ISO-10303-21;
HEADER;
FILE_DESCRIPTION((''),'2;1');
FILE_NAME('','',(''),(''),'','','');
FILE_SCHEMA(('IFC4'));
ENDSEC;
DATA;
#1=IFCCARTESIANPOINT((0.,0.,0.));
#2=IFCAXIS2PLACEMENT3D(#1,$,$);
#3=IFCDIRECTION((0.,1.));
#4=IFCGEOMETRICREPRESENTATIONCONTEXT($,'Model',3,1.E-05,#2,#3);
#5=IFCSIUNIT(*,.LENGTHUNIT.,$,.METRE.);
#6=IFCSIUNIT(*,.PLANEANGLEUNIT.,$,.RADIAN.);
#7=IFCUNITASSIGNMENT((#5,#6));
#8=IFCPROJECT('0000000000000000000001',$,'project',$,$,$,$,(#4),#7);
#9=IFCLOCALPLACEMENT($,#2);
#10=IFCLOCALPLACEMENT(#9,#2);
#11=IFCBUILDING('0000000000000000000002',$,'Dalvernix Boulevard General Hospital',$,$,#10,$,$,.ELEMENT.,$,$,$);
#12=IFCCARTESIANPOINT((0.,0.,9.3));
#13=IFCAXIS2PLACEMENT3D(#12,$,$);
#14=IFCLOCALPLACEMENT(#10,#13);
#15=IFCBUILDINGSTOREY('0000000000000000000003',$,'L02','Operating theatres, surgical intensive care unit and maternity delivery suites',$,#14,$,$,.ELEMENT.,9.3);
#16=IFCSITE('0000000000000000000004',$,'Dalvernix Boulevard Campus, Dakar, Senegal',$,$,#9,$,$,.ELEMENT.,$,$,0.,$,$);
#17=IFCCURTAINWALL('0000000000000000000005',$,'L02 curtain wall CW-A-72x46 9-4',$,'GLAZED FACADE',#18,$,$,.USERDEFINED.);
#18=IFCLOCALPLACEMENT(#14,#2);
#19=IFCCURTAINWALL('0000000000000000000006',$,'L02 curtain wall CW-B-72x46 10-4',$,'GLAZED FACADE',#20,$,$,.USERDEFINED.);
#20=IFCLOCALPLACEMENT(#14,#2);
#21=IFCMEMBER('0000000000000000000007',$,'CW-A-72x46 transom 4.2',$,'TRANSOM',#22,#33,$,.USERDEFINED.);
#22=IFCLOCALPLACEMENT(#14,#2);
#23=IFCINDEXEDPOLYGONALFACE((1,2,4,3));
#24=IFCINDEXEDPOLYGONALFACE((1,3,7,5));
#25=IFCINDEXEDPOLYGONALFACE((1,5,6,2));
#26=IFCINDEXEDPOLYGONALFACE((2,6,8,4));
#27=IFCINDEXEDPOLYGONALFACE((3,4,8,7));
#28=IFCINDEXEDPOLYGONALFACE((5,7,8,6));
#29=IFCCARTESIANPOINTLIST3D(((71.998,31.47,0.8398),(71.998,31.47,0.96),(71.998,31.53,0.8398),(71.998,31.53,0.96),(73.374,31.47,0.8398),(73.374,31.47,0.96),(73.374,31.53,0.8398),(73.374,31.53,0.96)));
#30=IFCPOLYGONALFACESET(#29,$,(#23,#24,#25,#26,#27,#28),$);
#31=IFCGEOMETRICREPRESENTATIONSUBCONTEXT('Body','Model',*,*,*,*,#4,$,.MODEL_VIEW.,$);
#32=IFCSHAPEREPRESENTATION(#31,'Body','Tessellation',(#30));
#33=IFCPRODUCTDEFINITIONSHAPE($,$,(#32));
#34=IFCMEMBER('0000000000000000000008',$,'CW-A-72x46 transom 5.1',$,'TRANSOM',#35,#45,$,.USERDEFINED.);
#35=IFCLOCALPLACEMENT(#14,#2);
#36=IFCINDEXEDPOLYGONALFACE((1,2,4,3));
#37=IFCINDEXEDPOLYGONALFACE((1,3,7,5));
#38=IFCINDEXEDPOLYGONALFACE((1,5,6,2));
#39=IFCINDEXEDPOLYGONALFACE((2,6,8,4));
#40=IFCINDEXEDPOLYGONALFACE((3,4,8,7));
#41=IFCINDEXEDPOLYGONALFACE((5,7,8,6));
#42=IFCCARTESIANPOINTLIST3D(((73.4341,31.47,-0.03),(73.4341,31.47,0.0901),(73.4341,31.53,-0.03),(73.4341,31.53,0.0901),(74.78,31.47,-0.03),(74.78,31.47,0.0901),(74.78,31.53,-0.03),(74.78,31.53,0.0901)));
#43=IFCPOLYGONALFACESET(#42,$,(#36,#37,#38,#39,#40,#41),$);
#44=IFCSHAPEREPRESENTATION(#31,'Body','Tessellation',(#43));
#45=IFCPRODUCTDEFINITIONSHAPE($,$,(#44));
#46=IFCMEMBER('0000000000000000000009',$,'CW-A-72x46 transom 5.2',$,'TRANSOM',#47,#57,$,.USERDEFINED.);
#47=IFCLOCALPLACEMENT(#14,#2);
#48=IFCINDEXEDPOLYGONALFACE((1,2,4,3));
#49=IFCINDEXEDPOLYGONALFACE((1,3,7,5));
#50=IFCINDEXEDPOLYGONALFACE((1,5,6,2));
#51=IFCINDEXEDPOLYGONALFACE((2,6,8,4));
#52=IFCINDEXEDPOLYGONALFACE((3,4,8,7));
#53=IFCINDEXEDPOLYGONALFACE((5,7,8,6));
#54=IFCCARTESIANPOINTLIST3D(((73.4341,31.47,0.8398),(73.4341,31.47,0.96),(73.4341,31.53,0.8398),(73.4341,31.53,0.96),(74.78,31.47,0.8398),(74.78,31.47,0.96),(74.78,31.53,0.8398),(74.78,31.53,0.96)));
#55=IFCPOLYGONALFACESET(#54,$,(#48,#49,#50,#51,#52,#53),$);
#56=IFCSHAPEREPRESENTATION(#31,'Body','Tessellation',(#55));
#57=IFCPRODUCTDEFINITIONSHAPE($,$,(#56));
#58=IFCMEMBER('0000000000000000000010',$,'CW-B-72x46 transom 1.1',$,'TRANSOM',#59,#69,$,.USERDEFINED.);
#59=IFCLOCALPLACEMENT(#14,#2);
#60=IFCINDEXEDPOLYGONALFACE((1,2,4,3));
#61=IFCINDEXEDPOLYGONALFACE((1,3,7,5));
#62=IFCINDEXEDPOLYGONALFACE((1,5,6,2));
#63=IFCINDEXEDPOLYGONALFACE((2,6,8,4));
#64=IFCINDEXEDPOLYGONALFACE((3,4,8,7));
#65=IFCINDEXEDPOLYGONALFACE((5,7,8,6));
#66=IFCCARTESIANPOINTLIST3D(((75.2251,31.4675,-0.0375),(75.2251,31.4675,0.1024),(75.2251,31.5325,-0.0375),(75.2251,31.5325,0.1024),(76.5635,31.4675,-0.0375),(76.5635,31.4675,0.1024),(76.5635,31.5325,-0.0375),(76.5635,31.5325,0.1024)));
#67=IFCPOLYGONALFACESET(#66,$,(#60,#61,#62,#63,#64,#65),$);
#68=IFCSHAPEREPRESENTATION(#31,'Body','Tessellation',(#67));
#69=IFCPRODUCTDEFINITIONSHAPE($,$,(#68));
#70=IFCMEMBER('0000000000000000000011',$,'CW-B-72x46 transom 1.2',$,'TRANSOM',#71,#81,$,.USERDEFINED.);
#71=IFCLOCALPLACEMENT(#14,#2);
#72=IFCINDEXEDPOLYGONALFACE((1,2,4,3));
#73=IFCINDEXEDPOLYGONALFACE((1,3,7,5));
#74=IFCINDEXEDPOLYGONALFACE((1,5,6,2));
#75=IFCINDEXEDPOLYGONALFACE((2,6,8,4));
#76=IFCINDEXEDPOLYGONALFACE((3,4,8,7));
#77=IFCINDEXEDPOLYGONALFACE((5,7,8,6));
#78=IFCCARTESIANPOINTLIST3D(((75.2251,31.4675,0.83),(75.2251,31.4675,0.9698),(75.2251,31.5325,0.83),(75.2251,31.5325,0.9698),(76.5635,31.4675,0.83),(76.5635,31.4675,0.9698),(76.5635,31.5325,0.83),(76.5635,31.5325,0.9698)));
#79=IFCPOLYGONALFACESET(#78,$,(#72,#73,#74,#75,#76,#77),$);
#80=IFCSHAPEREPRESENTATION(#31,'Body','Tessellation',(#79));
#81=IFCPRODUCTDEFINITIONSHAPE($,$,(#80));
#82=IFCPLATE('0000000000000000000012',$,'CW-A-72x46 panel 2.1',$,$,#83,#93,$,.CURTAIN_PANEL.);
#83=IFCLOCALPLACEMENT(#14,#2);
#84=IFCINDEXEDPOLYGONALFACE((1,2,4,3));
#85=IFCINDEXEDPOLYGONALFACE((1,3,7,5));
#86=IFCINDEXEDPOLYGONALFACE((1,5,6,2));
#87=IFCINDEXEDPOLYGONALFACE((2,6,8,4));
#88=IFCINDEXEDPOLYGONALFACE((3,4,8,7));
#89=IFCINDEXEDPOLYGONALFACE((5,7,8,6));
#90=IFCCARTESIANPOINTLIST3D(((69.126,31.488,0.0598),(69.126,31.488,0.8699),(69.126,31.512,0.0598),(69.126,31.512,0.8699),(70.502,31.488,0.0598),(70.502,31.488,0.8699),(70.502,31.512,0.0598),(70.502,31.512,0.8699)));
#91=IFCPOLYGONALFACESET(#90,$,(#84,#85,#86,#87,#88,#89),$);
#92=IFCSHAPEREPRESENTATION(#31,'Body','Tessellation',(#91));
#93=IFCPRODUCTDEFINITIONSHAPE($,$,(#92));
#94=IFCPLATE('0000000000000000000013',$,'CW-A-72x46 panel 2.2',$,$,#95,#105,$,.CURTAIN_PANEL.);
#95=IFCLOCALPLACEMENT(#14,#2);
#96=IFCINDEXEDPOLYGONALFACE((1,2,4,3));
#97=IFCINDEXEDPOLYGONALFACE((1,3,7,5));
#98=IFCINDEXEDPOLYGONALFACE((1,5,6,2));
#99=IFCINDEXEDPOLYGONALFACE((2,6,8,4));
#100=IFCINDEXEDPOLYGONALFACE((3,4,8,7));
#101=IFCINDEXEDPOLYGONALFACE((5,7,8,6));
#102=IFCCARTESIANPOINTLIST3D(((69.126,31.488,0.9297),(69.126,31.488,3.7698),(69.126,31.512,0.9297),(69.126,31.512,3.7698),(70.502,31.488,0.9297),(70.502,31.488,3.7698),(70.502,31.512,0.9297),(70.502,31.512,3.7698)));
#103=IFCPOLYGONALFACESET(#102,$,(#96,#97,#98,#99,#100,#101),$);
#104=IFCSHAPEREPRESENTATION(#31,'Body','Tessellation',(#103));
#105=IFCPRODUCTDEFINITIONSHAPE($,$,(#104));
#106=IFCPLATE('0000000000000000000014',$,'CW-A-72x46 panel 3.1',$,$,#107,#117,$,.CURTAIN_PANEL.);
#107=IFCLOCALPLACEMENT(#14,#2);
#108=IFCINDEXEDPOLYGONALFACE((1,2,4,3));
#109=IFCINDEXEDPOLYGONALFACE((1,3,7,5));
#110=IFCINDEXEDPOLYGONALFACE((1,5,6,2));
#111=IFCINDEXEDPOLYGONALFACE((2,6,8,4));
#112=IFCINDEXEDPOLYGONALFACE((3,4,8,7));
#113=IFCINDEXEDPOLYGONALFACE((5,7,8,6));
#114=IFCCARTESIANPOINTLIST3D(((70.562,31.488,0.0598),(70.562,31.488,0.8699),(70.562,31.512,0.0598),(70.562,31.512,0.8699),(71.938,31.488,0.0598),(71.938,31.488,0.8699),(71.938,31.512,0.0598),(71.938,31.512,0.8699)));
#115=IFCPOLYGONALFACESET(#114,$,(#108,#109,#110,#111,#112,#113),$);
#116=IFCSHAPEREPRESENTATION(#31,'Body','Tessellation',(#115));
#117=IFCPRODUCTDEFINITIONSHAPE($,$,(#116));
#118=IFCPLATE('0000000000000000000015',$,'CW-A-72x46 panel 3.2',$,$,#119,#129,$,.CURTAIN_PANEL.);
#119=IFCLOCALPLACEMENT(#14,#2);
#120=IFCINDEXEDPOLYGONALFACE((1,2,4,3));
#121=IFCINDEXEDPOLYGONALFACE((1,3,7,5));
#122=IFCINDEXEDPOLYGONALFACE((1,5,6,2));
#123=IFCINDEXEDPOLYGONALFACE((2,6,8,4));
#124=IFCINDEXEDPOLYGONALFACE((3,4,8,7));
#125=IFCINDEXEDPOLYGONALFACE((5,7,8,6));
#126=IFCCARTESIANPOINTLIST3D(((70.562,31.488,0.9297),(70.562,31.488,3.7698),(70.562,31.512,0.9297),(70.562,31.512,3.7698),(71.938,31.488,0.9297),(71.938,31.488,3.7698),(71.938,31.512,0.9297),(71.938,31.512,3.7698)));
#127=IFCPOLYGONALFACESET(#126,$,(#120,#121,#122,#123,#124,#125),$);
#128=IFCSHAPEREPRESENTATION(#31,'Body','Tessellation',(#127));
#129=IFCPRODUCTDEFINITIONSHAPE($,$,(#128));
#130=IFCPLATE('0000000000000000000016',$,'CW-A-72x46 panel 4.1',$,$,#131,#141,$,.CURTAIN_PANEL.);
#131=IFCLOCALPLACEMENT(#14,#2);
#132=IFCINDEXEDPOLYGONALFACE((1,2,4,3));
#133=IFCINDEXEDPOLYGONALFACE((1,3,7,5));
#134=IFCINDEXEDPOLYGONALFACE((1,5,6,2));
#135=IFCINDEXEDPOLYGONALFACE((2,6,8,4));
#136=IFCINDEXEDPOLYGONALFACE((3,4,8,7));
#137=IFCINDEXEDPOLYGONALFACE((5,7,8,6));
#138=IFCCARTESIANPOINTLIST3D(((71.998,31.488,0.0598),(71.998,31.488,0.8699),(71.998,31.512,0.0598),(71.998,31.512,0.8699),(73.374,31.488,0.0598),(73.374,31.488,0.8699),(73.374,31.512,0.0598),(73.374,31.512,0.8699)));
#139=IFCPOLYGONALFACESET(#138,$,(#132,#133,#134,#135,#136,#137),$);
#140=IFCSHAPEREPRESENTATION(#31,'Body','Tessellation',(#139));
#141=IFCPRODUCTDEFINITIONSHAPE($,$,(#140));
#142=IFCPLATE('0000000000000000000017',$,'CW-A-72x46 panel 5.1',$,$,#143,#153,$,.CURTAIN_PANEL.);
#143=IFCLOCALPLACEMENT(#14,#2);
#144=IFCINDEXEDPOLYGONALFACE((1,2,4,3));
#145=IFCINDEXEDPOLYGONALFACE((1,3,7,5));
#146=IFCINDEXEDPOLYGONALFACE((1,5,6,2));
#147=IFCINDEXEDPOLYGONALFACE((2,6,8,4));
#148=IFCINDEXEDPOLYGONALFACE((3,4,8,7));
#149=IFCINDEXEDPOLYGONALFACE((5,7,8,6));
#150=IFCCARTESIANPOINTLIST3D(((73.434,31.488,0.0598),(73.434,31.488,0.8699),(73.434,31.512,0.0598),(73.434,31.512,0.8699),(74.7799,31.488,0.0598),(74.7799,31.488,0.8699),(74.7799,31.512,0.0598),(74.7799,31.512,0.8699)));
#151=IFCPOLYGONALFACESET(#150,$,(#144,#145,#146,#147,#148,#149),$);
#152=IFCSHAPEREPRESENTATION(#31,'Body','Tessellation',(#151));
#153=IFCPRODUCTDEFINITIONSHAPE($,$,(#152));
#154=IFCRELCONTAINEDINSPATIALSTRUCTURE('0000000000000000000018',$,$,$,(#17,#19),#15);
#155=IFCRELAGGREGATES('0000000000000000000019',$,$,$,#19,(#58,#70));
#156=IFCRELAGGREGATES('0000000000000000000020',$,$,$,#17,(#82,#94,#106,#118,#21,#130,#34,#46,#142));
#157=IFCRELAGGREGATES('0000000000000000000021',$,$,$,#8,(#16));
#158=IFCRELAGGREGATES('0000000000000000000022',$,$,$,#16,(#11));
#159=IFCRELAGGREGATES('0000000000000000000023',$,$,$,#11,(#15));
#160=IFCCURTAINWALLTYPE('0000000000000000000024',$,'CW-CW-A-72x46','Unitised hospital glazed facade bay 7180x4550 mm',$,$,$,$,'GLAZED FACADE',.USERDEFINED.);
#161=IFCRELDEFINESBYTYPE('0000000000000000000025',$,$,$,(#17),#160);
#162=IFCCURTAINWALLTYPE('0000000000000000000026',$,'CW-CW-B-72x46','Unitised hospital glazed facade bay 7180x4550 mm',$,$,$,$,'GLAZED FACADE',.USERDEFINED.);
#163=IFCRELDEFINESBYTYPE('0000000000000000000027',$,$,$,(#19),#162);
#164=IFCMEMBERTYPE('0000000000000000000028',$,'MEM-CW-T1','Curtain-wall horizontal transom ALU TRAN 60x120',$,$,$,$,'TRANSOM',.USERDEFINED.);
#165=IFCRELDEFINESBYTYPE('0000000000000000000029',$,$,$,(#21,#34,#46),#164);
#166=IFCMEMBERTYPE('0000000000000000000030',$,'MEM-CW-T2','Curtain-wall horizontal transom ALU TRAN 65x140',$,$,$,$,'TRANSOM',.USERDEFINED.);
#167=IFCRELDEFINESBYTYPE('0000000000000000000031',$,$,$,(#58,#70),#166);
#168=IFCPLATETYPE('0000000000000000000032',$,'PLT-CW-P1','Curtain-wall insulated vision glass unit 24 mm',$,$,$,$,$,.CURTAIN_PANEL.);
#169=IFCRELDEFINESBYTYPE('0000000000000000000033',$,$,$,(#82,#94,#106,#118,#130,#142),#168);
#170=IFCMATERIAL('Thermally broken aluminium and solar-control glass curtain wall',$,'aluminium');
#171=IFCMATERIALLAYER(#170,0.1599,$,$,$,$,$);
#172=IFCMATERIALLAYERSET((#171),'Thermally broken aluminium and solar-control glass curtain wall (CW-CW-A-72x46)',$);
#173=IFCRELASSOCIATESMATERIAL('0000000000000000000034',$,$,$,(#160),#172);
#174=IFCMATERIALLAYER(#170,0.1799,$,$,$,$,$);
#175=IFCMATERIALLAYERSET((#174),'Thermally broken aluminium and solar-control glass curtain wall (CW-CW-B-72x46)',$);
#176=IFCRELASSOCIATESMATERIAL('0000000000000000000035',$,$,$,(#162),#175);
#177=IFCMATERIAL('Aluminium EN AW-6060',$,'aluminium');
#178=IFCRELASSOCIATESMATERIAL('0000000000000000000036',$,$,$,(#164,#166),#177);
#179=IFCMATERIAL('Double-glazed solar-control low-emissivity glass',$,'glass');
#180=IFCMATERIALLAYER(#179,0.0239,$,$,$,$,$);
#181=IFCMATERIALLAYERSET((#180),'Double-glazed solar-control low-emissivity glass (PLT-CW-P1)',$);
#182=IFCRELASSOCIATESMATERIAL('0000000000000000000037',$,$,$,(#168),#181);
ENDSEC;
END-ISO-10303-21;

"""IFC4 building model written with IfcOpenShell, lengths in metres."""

from ifc_helpers import new_model, si_unit, direction, frame, origin, origin_2d, place, context, subcontext, project, spatial, rectangle, extrude, material, layer, layer_set, material_profile, profile_set, type_object, element, aggregate, save


model = new_model("IFC4")

# Units and contexts
model_context = context("Model", 3, precision=1e-05, world=origin(), true_north=direction((0.0, 1.0)))
body_context = subcontext(model_context, "Body", "Model", "MODEL_VIEW")
ifc_project = project(units=[si_unit("LENGTHUNIT", "METRE"), si_unit("PLANEANGLEUNIT", "RADIAN")], contexts=[model_context])

# Site, building, storey
site_placement = place(None, origin())
site = spatial("IfcSite", under=ifc_project, at=site_placement, Name="Dalvernix Boulevard Campus, Dakar, Senegal", CompositionType="ELEMENT", RefElevation=0.0)
building_placement = place(site_placement, origin())
building = spatial("IfcBuilding", under=site, at=building_placement, Name="Dalvernix Boulevard General Hospital", CompositionType="ELEMENT")
storey_placement = place(building_placement, frame((0.0, 0.0, 9.3)))
storey = spatial("IfcBuildingStorey", under=building, at=storey_placement, Name="L02", Description="Operating theatres, surgical intensive care unit and maternity delivery suites", CompositionType="ELEMENT", Elevation=9.3)

# Curtain wall
ifc_material_1 = material(Name="Thermally broken aluminium and solar-control glass curtain wall", Category="aluminium")
ifc_layer_1 = layer(ifc_material_1, 0.1599)
ifc_layer_set_1 = layer_set([ifc_layer_1], Name="Thermally broken aluminium and solar-control glass curtain wall (CW-CW-A-72x46)")
curtain_wall_type_1 = type_object("IfcCurtainWallType", Name="CW-CW-A-72x46", Description="Unitised hospital glazed facade bay 7180x4550 mm", ElementType="GLAZED FACADE", PredefinedType="USERDEFINED", material=ifc_layer_set_1)
curtain_wall_1_placement = place(storey_placement, origin())
curtain_wall_1 = element("IfcCurtainWall", 1, at=curtain_wall_1_placement, inside=storey, type_object=curtain_wall_type_1, Name="L02 curtain wall CW-A-72x46 9-4", ObjectType="GLAZED FACADE", PredefinedType="USERDEFINED")
ifc_material_2 = material(Name="Aluminium EN AW-6060", Category="aluminium")

# Curtain wall
ifc_layer_2 = layer(ifc_material_1, 0.1799)
ifc_layer_set_2 = layer_set([ifc_layer_2], Name="Thermally broken aluminium and solar-control glass curtain wall (CW-CW-B-72x46)")
curtain_wall_type_2 = type_object("IfcCurtainWallType", Name="CW-CW-B-72x46", Description="Unitised hospital glazed facade bay 7180x4550 mm", ElementType="GLAZED FACADE", PredefinedType="USERDEFINED", material=ifc_layer_set_2)
curtain_wall_2_placement = place(storey_placement, origin())
curtain_wall_2 = element("IfcCurtainWall", 2, at=curtain_wall_2_placement, inside=storey, type_object=curtain_wall_type_2, Name="L02 curtain wall CW-B-72x46 10-4", ObjectType="GLAZED FACADE", PredefinedType="USERDEFINED")

# Members
ifc_material_profile_1 = material_profile(ifc_material_2, rectangle(XDim=0.0601, YDim=0.1201, at=origin_2d()), Name="ALU TRAN 60x120")
ifc_profile_set_1 = profile_set([ifc_material_profile_1], Name="Aluminium EN AW-6060")
member_type_1 = type_object("IfcMemberType", Name="MEM-CW-T1", Description="Curtain-wall horizontal transom ALU TRAN 60x120", ElementType="TRANSOM", PredefinedType="USERDEFINED", material=ifc_profile_set_1)
member_1_placement = place(storey_placement, frame((71.998, 31.5, 0.8999), z_axis=(1.0, 0.0, 0.0), x_axis=(0.0, 1.0, 0.0)))
member_1 = element("IfcMember", 3, at=member_1_placement, type_object=member_type_1, Name="CW-A-72x46 transom 4.2", ObjectType="TRANSOM", PredefinedType="USERDEFINED", context=body_context, shape_type="SweptSolid", body=[
    extrude(rectangle(XDim=0.0601, YDim=0.1201, at=origin_2d()), origin(), (0.0, 0.0, 1.0), 1.376),
])
member_2_placement = place(storey_placement, frame((73.4341, 31.5, 0.03), z_axis=(1.0, 0.0, 0.0), x_axis=(0.0, 1.0, 0.0)))
member_2 = element("IfcMember", 4, at=member_2_placement, type_object=member_type_1, Name="CW-A-72x46 transom 5.1", ObjectType="TRANSOM", PredefinedType="USERDEFINED", context=body_context, shape_type="SweptSolid", body=[
    extrude(rectangle(XDim=0.0601, YDim=0.1201, at=origin_2d()), origin(), (0.0, 0.0, 1.0), 1.3459),
])
member_3_placement = place(storey_placement, frame((73.4341, 31.5, 0.8999), z_axis=(1.0, 0.0, 0.0), x_axis=(0.0, 1.0, 0.0)))
member_3 = element("IfcMember", 5, at=member_3_placement, type_object=member_type_1, Name="CW-A-72x46 transom 5.2", ObjectType="TRANSOM", PredefinedType="USERDEFINED", context=body_context, shape_type="SweptSolid", body=[
    extrude(rectangle(XDim=0.0601, YDim=0.1201, at=origin_2d()), origin(), (0.0, 0.0, 1.0), 1.3459),
])
ifc_material_profile_2 = material_profile(ifc_material_2, rectangle(XDim=0.0649, YDim=0.1399, at=origin_2d()), Name="ALU TRAN 65x140")
ifc_profile_set_2 = profile_set([ifc_material_profile_2], Name="Aluminium EN AW-6060")
member_type_2 = type_object("IfcMemberType", Name="MEM-CW-T2", Description="Curtain-wall horizontal transom ALU TRAN 65x140", ElementType="TRANSOM", PredefinedType="USERDEFINED", material=ifc_profile_set_2)
member_4_placement = place(storey_placement, frame((75.2251, 31.5, 0.0325), z_axis=(1.0, 0.0, 0.0), x_axis=(0.0, 1.0, 0.0)))
member_4 = element("IfcMember", 6, at=member_4_placement, type_object=member_type_2, Name="CW-B-72x46 transom 1.1", ObjectType="TRANSOM", PredefinedType="USERDEFINED", context=body_context, shape_type="SweptSolid", body=[
    extrude(rectangle(XDim=0.0649, YDim=0.1399, at=origin_2d()), origin(), (0.0, 0.0, 1.0), 1.3384),
])
member_5_placement = place(storey_placement, frame((75.2251, 31.5, 0.8999), z_axis=(1.0, 0.0, 0.0), x_axis=(0.0, 1.0, 0.0)))
member_5 = element("IfcMember", 7, at=member_5_placement, type_object=member_type_2, Name="CW-B-72x46 transom 1.2", ObjectType="TRANSOM", PredefinedType="USERDEFINED", context=body_context, shape_type="SweptSolid", body=[
    extrude(rectangle(XDim=0.0649, YDim=0.1399, at=origin_2d()), origin(), (0.0, 0.0, 1.0), 1.3384),
])
aggregate(curtain_wall_2, [member_4, member_5])

# Plates
ifc_material_3 = material(Name="Double-glazed solar-control low-emissivity glass", Category="glass")
ifc_layer_3 = layer(ifc_material_3, 0.0239)
ifc_layer_set_3 = layer_set([ifc_layer_3], Name="Double-glazed solar-control low-emissivity glass (PLT-CW-P1)")
plate_type = type_object("IfcPlateType", Name="PLT-CW-P1", Description="Curtain-wall insulated vision glass unit 24 mm", PredefinedType="CURTAIN_PANEL", material=ifc_layer_set_3)
plate_1_placement = place(storey_placement, frame((69.814, 31.5, 0.0598), z_axis=(0.0, 0.0, 1.0), x_axis=(1.0, 0.0, 0.0)))
plate_1 = element("IfcPlate", 8, at=plate_1_placement, type_object=plate_type, Name="CW-A-72x46 panel 2.1", PredefinedType="CURTAIN_PANEL", context=body_context, shape_type="SweptSolid", body=[
    extrude(rectangle(XDim=1.376, YDim=0.0239, at=origin_2d()), origin(), (0.0, 0.0, 1.0), 0.8101),
])
plate_2_placement = place(storey_placement, frame((69.814, 31.5, 0.9297), z_axis=(0.0, 0.0, 1.0), x_axis=(1.0, 0.0, 0.0)))
plate_2 = element("IfcPlate", 9, at=plate_2_placement, type_object=plate_type, Name="CW-A-72x46 panel 2.2", PredefinedType="CURTAIN_PANEL", context=body_context, shape_type="SweptSolid", body=[
    extrude(rectangle(XDim=1.376, YDim=0.0239, at=origin_2d()), origin(), (0.0, 0.0, 1.0), 2.8401),
])
plate_3_placement = place(storey_placement, frame((71.25, 31.5, 0.0598), z_axis=(0.0, 0.0, 1.0), x_axis=(1.0, 0.0, 0.0)))
plate_3 = element("IfcPlate", 10, at=plate_3_placement, type_object=plate_type, Name="CW-A-72x46 panel 3.1", PredefinedType="CURTAIN_PANEL", context=body_context, shape_type="SweptSolid", body=[
    extrude(rectangle(XDim=1.376, YDim=0.0239, at=origin_2d()), origin(), (0.0, 0.0, 1.0), 0.8101),
])
plate_4_placement = place(storey_placement, frame((71.25, 31.5, 0.9297), z_axis=(0.0, 0.0, 1.0), x_axis=(1.0, 0.0, 0.0)))
plate_4 = element("IfcPlate", 11, at=plate_4_placement, type_object=plate_type, Name="CW-A-72x46 panel 3.2", PredefinedType="CURTAIN_PANEL", context=body_context, shape_type="SweptSolid", body=[
    extrude(rectangle(XDim=1.376, YDim=0.0239, at=origin_2d()), origin(), (0.0, 0.0, 1.0), 2.8401),
])
plate_5_placement = place(storey_placement, frame((72.686, 31.5, 0.0598), z_axis=(0.0, 0.0, 1.0), x_axis=(1.0, 0.0, 0.0)))
plate_5 = element("IfcPlate", 12, at=plate_5_placement, type_object=plate_type, Name="CW-A-72x46 panel 4.1", PredefinedType="CURTAIN_PANEL", context=body_context, shape_type="SweptSolid", body=[
    extrude(rectangle(XDim=1.376, YDim=0.0239, at=origin_2d()), origin(), (0.0, 0.0, 1.0), 0.8101),
])
plate_6_placement = place(storey_placement, frame((74.1069, 31.5, 0.0598), z_axis=(0.0, 0.0, 1.0), x_axis=(1.0, 0.0, 0.0)))
plate_6 = element("IfcPlate", 13, at=plate_6_placement, type_object=plate_type, Name="CW-A-72x46 panel 5.1", PredefinedType="CURTAIN_PANEL", context=body_context, shape_type="SweptSolid", body=[
    extrude(rectangle(XDim=1.3459, YDim=0.0239, at=origin_2d()), origin(), (0.0, 0.0, 1.0), 0.8101),
])
aggregate(curtain_wall_1, [plate_1, plate_2, plate_3, plate_4, member_1, plate_5, member_2, member_3, plate_6])

save(model, "model.ifc")
